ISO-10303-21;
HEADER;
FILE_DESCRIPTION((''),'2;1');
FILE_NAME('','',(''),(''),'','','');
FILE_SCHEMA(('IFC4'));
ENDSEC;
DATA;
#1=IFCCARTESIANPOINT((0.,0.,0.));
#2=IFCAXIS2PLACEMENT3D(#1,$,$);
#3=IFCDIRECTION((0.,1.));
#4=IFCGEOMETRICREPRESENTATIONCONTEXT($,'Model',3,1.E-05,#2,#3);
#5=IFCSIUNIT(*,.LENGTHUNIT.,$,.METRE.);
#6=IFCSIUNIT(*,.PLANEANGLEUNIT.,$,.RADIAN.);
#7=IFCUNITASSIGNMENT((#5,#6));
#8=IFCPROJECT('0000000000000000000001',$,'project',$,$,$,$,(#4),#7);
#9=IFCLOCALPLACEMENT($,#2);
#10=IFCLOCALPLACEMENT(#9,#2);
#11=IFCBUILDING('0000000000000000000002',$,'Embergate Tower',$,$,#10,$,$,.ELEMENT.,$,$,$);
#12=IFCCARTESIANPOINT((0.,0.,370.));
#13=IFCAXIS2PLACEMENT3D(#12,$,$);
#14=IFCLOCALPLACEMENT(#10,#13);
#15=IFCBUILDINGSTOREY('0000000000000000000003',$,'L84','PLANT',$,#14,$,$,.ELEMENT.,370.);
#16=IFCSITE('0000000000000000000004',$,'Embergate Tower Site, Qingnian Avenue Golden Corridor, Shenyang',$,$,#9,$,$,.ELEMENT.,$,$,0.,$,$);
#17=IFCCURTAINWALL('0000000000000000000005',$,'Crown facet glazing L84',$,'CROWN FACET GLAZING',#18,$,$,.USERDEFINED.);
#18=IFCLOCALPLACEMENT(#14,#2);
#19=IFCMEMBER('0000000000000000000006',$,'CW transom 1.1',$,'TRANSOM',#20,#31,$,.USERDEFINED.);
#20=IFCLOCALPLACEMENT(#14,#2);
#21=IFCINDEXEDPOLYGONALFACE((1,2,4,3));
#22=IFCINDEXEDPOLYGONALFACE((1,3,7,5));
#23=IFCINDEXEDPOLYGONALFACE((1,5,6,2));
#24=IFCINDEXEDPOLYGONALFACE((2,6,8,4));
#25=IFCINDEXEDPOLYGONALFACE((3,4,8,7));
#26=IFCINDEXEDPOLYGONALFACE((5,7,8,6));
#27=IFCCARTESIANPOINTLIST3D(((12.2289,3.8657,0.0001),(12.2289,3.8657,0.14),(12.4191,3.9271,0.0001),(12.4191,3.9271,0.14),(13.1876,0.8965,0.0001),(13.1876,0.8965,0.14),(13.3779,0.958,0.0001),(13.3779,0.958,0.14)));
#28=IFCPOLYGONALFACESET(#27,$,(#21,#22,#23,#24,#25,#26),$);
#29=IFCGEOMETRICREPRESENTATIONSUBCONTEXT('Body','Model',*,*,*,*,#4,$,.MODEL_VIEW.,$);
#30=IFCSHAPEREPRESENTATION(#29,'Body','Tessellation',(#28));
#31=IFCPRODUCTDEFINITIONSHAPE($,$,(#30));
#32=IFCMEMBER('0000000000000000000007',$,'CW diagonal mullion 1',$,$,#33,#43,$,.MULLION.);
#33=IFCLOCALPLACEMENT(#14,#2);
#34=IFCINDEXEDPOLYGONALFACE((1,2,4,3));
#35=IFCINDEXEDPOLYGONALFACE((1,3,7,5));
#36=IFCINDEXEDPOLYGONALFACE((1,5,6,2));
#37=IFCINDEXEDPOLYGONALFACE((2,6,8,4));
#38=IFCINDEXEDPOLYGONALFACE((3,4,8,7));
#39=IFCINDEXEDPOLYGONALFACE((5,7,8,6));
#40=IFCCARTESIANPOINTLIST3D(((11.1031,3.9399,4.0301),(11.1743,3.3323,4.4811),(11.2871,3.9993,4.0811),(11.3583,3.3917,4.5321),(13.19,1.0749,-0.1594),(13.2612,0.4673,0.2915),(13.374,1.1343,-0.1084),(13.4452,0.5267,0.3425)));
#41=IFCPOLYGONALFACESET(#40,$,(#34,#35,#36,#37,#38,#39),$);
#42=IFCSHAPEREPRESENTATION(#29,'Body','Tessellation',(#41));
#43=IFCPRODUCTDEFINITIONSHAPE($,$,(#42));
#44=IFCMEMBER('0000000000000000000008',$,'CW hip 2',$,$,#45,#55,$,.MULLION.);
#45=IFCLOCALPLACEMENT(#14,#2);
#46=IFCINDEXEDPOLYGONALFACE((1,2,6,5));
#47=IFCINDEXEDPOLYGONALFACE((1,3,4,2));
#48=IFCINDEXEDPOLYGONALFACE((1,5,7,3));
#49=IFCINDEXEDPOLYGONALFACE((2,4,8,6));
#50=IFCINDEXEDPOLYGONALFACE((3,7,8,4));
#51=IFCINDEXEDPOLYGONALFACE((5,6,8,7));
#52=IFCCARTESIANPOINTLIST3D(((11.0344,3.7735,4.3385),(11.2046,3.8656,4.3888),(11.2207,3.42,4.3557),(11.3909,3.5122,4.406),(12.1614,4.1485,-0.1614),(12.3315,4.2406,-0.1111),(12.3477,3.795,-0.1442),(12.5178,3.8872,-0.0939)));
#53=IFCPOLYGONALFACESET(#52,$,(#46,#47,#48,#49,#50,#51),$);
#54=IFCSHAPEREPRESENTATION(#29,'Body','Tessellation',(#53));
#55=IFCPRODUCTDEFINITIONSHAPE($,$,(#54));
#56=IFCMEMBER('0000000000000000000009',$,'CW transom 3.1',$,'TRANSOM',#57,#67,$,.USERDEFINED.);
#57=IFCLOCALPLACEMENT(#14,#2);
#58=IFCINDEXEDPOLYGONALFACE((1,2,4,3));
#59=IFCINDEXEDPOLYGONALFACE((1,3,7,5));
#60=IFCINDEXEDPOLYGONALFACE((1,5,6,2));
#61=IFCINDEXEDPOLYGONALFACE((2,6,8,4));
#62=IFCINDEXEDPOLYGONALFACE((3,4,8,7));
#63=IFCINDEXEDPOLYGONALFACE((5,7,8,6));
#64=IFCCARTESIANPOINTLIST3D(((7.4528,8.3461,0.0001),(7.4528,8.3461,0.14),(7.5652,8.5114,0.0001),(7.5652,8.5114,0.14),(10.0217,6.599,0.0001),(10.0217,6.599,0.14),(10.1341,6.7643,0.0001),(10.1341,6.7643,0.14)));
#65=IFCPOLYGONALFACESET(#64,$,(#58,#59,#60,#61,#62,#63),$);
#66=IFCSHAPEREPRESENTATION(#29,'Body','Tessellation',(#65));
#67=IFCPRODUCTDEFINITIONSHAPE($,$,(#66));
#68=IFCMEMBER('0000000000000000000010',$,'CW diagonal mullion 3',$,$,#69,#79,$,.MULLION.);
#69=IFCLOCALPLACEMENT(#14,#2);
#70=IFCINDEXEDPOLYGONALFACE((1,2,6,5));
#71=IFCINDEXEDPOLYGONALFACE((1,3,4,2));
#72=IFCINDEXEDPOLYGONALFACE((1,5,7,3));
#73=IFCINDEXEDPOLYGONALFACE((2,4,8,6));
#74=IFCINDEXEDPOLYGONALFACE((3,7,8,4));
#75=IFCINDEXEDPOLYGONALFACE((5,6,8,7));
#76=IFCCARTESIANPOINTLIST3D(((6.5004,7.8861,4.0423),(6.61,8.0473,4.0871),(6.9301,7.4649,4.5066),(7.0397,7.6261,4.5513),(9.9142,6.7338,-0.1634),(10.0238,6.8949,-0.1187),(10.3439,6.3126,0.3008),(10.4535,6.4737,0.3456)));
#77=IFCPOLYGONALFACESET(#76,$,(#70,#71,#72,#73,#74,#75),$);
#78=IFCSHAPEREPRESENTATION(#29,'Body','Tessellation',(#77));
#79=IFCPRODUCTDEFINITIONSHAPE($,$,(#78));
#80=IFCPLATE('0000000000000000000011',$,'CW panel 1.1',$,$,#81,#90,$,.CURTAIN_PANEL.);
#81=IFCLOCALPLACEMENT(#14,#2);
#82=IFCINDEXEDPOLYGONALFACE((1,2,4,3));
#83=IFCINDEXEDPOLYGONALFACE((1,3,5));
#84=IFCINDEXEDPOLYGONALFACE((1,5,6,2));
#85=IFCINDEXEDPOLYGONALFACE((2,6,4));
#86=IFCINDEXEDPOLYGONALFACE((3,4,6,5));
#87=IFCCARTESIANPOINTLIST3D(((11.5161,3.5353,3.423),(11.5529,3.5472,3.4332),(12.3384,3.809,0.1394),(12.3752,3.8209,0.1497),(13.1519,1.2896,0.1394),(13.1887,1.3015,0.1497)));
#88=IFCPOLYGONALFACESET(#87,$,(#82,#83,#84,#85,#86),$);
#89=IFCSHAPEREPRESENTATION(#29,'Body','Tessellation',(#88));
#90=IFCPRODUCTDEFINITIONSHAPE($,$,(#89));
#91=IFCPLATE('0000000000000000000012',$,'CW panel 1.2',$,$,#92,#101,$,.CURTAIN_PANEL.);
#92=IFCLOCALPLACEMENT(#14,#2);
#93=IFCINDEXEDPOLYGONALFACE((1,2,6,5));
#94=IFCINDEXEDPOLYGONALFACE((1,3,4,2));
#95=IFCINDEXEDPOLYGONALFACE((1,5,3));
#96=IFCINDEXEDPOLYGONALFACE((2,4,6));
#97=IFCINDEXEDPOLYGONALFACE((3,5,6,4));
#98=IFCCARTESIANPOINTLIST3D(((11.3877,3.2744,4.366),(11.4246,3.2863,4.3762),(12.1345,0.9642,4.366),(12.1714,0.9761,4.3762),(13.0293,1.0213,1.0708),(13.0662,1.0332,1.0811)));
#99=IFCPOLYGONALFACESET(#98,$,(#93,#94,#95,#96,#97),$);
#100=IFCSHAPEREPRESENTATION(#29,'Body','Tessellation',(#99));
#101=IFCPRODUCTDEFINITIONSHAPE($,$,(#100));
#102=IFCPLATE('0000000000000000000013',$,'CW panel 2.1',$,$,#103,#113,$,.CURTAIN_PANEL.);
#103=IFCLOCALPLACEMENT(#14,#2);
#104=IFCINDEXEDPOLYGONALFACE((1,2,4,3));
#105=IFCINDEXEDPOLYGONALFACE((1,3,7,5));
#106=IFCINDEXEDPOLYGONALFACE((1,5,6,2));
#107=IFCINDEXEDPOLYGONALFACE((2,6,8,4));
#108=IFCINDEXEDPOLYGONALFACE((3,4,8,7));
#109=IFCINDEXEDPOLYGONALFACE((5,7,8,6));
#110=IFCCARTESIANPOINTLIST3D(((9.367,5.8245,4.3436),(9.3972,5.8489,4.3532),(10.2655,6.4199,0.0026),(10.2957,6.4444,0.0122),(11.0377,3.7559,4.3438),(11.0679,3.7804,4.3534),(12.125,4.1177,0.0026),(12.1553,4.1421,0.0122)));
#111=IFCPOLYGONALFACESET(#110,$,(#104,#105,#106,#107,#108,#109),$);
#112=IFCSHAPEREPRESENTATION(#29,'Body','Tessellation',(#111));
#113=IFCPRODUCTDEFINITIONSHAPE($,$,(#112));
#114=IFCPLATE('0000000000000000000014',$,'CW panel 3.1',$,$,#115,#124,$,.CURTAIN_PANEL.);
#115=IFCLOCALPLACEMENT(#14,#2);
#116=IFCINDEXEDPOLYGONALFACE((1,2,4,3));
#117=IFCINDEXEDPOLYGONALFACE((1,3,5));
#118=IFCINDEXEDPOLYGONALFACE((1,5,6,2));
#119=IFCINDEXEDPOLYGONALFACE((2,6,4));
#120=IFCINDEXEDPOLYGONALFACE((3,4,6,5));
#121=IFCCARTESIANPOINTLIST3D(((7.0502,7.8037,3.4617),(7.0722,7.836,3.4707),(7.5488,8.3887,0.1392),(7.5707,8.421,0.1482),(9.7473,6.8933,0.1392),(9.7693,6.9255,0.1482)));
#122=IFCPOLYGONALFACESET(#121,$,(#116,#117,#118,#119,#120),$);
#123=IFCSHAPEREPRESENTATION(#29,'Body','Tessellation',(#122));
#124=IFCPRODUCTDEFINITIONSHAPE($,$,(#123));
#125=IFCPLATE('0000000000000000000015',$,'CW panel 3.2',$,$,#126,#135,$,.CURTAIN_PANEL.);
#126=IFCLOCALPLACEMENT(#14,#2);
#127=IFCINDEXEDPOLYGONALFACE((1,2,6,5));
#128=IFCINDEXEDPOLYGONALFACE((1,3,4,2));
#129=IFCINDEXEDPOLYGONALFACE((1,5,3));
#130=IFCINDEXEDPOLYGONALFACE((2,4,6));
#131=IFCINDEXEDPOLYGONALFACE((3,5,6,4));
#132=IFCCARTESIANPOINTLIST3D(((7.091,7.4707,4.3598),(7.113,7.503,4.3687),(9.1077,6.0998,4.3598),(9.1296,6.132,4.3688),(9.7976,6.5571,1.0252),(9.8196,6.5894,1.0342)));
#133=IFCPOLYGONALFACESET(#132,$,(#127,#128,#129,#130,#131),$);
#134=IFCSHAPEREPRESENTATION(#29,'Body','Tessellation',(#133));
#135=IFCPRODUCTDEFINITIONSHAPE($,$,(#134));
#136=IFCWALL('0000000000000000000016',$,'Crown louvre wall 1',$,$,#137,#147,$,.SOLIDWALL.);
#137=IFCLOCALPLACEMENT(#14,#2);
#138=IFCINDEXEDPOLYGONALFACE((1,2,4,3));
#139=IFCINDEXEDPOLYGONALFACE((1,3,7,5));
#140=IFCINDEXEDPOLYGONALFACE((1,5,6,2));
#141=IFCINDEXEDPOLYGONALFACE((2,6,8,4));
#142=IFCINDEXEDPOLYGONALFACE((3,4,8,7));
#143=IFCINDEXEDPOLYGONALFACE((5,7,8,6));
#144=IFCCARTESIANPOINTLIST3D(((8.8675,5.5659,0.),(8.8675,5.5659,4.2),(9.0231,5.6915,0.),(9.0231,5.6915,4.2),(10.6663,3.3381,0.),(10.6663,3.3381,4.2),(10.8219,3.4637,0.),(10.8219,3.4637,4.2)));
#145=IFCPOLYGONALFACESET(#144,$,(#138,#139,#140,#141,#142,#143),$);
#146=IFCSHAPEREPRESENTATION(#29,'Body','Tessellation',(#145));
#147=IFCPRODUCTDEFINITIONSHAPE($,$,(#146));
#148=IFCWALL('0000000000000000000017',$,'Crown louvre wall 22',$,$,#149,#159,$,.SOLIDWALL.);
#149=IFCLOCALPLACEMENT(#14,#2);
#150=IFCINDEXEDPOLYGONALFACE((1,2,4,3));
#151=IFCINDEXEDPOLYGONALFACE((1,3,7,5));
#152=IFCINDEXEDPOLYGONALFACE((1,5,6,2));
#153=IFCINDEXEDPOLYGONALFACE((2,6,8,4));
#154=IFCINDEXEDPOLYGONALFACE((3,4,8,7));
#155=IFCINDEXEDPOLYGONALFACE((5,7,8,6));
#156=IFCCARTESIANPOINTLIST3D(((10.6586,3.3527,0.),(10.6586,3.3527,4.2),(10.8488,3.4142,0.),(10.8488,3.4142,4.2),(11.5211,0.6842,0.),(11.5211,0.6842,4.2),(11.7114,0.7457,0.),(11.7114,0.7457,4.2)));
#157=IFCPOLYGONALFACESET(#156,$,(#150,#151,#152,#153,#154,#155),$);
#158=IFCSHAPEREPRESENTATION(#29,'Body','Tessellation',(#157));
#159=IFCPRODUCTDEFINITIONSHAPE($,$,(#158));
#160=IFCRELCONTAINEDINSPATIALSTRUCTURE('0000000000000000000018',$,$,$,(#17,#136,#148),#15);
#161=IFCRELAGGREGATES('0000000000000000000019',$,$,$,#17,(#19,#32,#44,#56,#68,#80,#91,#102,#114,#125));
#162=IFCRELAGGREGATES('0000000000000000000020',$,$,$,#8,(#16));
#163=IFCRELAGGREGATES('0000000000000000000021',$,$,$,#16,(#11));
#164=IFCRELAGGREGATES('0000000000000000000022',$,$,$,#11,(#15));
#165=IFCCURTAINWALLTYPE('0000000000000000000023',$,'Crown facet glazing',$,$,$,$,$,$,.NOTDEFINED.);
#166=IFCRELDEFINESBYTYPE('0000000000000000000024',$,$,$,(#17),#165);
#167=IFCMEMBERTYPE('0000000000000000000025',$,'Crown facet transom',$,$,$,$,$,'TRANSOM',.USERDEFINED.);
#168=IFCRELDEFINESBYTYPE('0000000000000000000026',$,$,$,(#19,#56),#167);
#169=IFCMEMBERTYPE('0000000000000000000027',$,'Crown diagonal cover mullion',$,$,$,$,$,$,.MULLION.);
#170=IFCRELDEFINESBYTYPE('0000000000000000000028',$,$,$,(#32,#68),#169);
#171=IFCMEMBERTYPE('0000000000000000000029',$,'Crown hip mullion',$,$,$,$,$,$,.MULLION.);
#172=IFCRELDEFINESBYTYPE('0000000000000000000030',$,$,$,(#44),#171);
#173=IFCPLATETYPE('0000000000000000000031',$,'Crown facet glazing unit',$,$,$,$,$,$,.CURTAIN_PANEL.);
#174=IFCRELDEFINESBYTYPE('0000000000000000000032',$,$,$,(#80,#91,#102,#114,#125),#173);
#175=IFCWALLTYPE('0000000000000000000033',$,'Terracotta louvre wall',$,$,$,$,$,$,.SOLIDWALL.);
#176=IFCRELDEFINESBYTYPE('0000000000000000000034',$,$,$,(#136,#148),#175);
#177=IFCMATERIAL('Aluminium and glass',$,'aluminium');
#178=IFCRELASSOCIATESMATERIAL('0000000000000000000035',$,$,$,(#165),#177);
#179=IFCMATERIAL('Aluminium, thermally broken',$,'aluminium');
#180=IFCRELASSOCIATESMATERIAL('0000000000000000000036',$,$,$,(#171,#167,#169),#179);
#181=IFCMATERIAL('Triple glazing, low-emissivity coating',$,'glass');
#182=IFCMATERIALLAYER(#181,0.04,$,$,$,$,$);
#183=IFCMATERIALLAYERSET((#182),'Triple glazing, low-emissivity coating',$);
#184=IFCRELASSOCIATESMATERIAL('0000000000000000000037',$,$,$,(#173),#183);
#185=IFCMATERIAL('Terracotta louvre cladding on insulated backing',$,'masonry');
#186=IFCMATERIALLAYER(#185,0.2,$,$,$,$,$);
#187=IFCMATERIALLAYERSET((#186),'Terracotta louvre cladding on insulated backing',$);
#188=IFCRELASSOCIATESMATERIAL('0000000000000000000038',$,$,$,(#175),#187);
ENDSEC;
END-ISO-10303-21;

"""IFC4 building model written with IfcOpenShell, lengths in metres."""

from ifc_helpers import new_model, si_unit, direction, frame, frame_2d, origin, origin_2d, place, context, subcontext, project, spatial, polyline, rectangle, outline, extrude, source, transform, mapped, material, layer, layer_set, material_profile, profile_set, type_object, element, aggregate, save


model = new_model("IFC4")

# Units and contexts
model_context = context("Model", 3, precision=1e-05, world=origin(), true_north=direction((0.0, 1.0)))
body_context = subcontext(model_context, "Body", "Model", "MODEL_VIEW")
ifc_project = project(units=[si_unit("LENGTHUNIT", "METRE"), si_unit("PLANEANGLEUNIT", "RADIAN")], contexts=[model_context])

# Site, building, storey
site_placement = place(None, origin())
site = spatial("IfcSite", under=ifc_project, at=site_placement, Name="Embergate Tower Site, Qingnian Avenue Golden Corridor, Shenyang", CompositionType="ELEMENT", RefElevation=0.0)
building_placement = place(site_placement, origin())
building = spatial("IfcBuilding", under=site, at=building_placement, Name="Embergate Tower", CompositionType="ELEMENT")
storey_placement = place(building_placement, frame((0.0, 0.0, 370.0)))
storey = spatial("IfcBuildingStorey", under=building, at=storey_placement, Name="L84", Description="PLANT", CompositionType="ELEMENT", Elevation=370.0)

# Curtain wall, members, plates
ifc_material_1 = material(Name="Aluminium and glass", Category="aluminium")
curtain_wall_type = type_object("IfcCurtainWallType", Name="Crown facet glazing", PredefinedType="NOTDEFINED", material=ifc_material_1)
curtain_wall_placement = place(storey_placement, origin())
curtain_wall = element("IfcCurtainWall", 1, at=curtain_wall_placement, inside=storey, type_object=curtain_wall_type, Name="Crown facet glazing L84", ObjectType="CROWN FACET GLAZING", PredefinedType="USERDEFINED")
ifc_material_2 = material(Name="Aluminium, thermally broken", Category="aluminium")
ifc_material_profile_1 = material_profile(ifc_material_2, rectangle(XDim=0.2, YDim=0.3999, at=origin_2d()), Name="AL 400x200")
ifc_profile_set_1 = profile_set([ifc_material_profile_1], Name="Aluminium, thermally broken")
member_type_1 = type_object("IfcMemberType", Name="Crown hip mullion", PredefinedType="MULLION", material=ifc_profile_set_1)
ifc_material_profile_2 = material_profile(ifc_material_2, rectangle(XDim=0.2, YDim=0.1399, at=origin_2d()), Name="AL 140x200")
ifc_profile_set_2 = profile_set([ifc_material_profile_2], Name="Aluminium, thermally broken")
member_type_2 = type_object("IfcMemberType", Name="Crown facet transom", ElementType="TRANSOM", PredefinedType="USERDEFINED", material=ifc_profile_set_2)
shared_shape_1 = source(origin(), body_context, "Body", "SweptSolid", [
    extrude(rectangle(XDim=0.2, YDim=0.1399, at=origin_2d()), origin(), (0.0, 0.0, 1.0), 3.1201),
])
member_1_placement = place(storey_placement, frame((13.2827, 0.9272, 0.0701), z_axis=(-0.30727, 0.951622, 0.0), x_axis=(-0.951622, -0.30727, 0.0)))
member_1 = element("IfcMember", 2, at=member_1_placement, type_object=member_type_2, Name="CW transom 1.1", ObjectType="TRANSOM", PredefinedType="USERDEFINED", context=body_context, shape_type="MappedRepresentation", body=[
    mapped(shared_shape_1, transform((0.0, 0.0, 0.0))),
])
ifc_material_profile_3 = material_profile(ifc_material_2, rectangle(XDim=0.2, YDim=0.76, at=origin_2d()), Name="AL 760x200")
ifc_profile_set_3 = profile_set([ifc_material_profile_3], Name="Aluminium, thermally broken")
member_type_3 = type_object("IfcMemberType", Name="Crown diagonal cover mullion", PredefinedType="MULLION", material=ifc_profile_set_3)
shared_shape_2 = source(origin(), body_context, "Body", "SweptSolid", [
    extrude(rectangle(XDim=0.2, YDim=0.76, at=origin_2d()), origin(), (0.0, 0.0, 1.0), 5.4878),
])
member_2_placement = place(storey_placement, frame((13.3176, 0.8008, 0.0916), z_axis=(-0.380289, 0.522074, 0.763425), x_axis=(0.920112, 0.29716, 0.255125)))
member_2 = element("IfcMember", 3, at=member_2_placement, type_object=member_type_3, Name="CW diagonal mullion 1", PredefinedType="MULLION", context=body_context, shape_type="MappedRepresentation", body=[
    mapped(shared_shape_2, transform((0.0, 0.0, 0.0))),
])
shared_shape_3 = source(origin(), body_context, "Body", "SweptSolid", [
    extrude(rectangle(XDim=0.2, YDim=0.3999, at=origin_2d()), origin(), (0.0, 0.0, 1.0), 4.6541),
])
member_3_placement = place(storey_placement, frame((12.3396, 4.0178, -0.1277), z_axis=(-0.242142, -0.080574, 0.966889), x_axis=(0.851096, 0.460827, 0.251546)))
member_3 = element("IfcMember", 4, at=member_3_placement, type_object=member_type_1, Name="CW hip 2", PredefinedType="MULLION", context=body_context, shape_type="MappedRepresentation", body=[
    mapped(shared_shape_3, transform((0.0, 0.0, 0.0))),
])
shared_shape_4 = source(origin(), body_context, "Body", "SweptSolid", [
    extrude(rectangle(XDim=0.2, YDim=0.1399, at=origin_2d()), origin(), (0.0, 0.0, 1.0), 3.1067),
])
member_4_placement = place(storey_placement, frame((10.0779, 6.6816, 0.0701), z_axis=(-0.826888, 0.562366, 0.0), x_axis=(-0.562366, -0.826888, 0.0)))
member_4 = element("IfcMember", 5, at=member_4_placement, type_object=member_type_2, Name="CW transom 3.1", ObjectType="TRANSOM", PredefinedType="USERDEFINED", context=body_context, shape_type="MappedRepresentation", body=[
    mapped(shared_shape_4, transform((0.0, 0.0, 0.0))),
])
shared_shape_5 = source(origin(), body_context, "Body", "SweptSolid", [
    extrude(rectangle(XDim=0.2, YDim=0.76, at=origin_2d()), origin(), (0.0, 0.0, 1.0), 5.5381),
])
member_5_placement = place(storey_placement, frame((10.1838, 6.6038, 0.0911), z_axis=(-0.616421, 0.208074, 0.759428), x_axis=(0.547991, 0.80594, 0.223981)))
member_5 = element("IfcMember", 6, at=member_5_placement, type_object=member_type_3, Name="CW diagonal mullion 3", PredefinedType="MULLION", context=body_context, shape_type="MappedRepresentation", body=[
    mapped(shared_shape_5, transform((0.0, 0.0, 0.0))),
])
ifc_material_3 = material(Name="Triple glazing, low-emissivity coating", Category="glass")
ifc_layer_1 = layer(ifc_material_3, 0.04)
ifc_layer_set_1 = layer_set([ifc_layer_1], Name="Triple glazing, low-emissivity coating")
plate_type = type_object("IfcPlateType", Name="Crown facet glazing unit", PredefinedType="CURTAIN_PANEL", material=ifc_layer_set_1)
shared_shape_6 = source(origin(), body_context, "Body", "SweptSolid", [
    extrude(outline(polyline([(0.0, 0.0), (2.6475, 0.0), (2.6396, 3.396), (0.0, 0.0)])), origin(), (0.0, 0.0, -1.0), 0.04),
])
plate_1_placement = place(storey_placement, frame((13.1887, 1.3015, 0.1497), z_axis=(0.920114, 0.297104, 0.255186), x_axis=(-0.307278, 0.95162, 0.0)))
plate_1 = element("IfcPlate", 7, at=plate_1_placement, type_object=plate_type, Name="CW panel 1.1", PredefinedType="CURTAIN_PANEL", context=body_context, shape_type="MappedRepresentation", body=[
    mapped(shared_shape_6, transform((0.0, 0.0, 0.0))),
])
shared_shape_7 = source(origin(), body_context, "Body", "SweptSolid", [
    extrude(outline(polyline([(0.0, 0.0), (4.3162, 0.0), (2.8262, 1.917), (0.0, 0.0)])), origin(), (0.0, 0.0, -1.0), 0.04),
])
plate_2_placement = place(storey_placement, frame((13.0662, 1.0332, 1.0811), z_axis=(0.920065, 0.297419, 0.254993), x_axis=(-0.380333, 0.522025, 0.763438)))
plate_2 = element("IfcPlate", 8, at=plate_2_placement, type_object=plate_type, Name="CW panel 1.2", PredefinedType="CURTAIN_PANEL", context=body_context, shape_type="MappedRepresentation", body=[
    mapped(shared_shape_7, transform((0.0, 0.0, 0.0))),
])
shared_shape_8 = source(origin(), body_context, "Body", "SweptSolid", [
    extrude(outline(polyline([(0.0, 0.0), (2.9595, 0.0), (3.0608, 4.4717), (0.4019, 4.4719), (0.0, 0.0)])), origin(), (0.0, 0.0, -1.0), 0.04),
])
plate_3_placement = place(storey_placement, frame((12.1553, 4.1421, 0.0122), z_axis=(0.755203, 0.60998, 0.239984), x_axis=(-0.628343, 0.777936, 0.000005)))
plate_3 = element("IfcPlate", 9, at=plate_3_placement, type_object=plate_type, Name="CW panel 2.1", PredefinedType="CURTAIN_PANEL", context=body_context, shape_type="MappedRepresentation", body=[
    mapped(shared_shape_8, transform((0.0, 0.0, 0.0))),
])
shared_shape_9 = source(origin(), body_context, "Body", "SweptSolid", [
    extrude(outline(polyline([(0.0, 0.0), (2.6589, 0.0), (2.7422, 3.4092), (0.0, 0.0)])), origin(), (0.0, 0.0, -1.0), 0.04),
])
plate_4_placement = place(storey_placement, frame((9.7693, 6.9255, 0.1482), z_axis=(0.548104, 0.805825, 0.224115), x_axis=(-0.826858, 0.56241, 0.0)))
plate_4 = element("IfcPlate", 10, at=plate_4_placement, type_object=plate_type, Name="CW panel 3.1", PredefinedType="CURTAIN_PANEL", context=body_context, shape_type="MappedRepresentation", body=[
    mapped(shared_shape_9, transform((0.0, 0.0, 0.0))),
])
shared_shape_10 = source(origin(), body_context, "Body", "SweptSolid", [
    extrude(outline(polyline([(0.0, 0.0), (4.3909, 0.0), (2.8625, 1.9001), (0.0, 0.0)])), origin(), (0.0, 0.0, -1.0), 0.04),
])
plate_5_placement = place(storey_placement, frame((9.8196, 6.5894, 1.0342), z_axis=(0.547914, 0.806014, 0.223903), x_axis=(-0.616419, 0.208068, 0.759431)))
plate_5 = element("IfcPlate", 11, at=plate_5_placement, type_object=plate_type, Name="CW panel 3.2", PredefinedType="CURTAIN_PANEL", context=body_context, shape_type="MappedRepresentation", body=[
    mapped(shared_shape_10, transform((0.0, 0.0, 0.0))),
])
aggregate(curtain_wall, [member_1, member_2, member_3, member_4, member_5, plate_1, plate_2, plate_3, plate_4, plate_5])

# Walls
ifc_material_4 = material(Name="Terracotta louvre cladding on insulated backing", Category="masonry")
ifc_layer_2 = layer(ifc_material_4, 0.2)
ifc_layer_set_2 = layer_set([ifc_layer_2], Name="Terracotta louvre cladding on insulated backing")
wall_type_1 = type_object("IfcWallType", Name="Terracotta louvre wall", PredefinedType="SOLIDWALL", material=ifc_layer_set_2)
shared_shape_11 = source(origin(), body_context, "Body", "SweptSolid", [
    extrude(rectangle(XDim=2.8633, YDim=0.2, at=frame_2d((1.4316, 0.0))), origin(), (0.0, 0.0, 1.0), 4.2),
])
wall_1_placement = place(storey_placement, frame((8.9453, 5.6287, 0.0), z_axis=(0.0, 0.0, 1.0), x_axis=(0.628224, -0.778033, 0.0)))
element("IfcWall", 12, at=wall_1_placement, inside=storey, type_object=wall_type_1, Name="Crown louvre wall 1", PredefinedType="SOLIDWALL", context=body_context, shape_type="MappedRepresentation", body=[
    mapped(shared_shape_11, transform((0.0, 0.0, 0.0))),
])
shared_shape_12 = source(origin(), body_context, "Body", "SweptSolid", [
    extrude(rectangle(XDim=2.8044, YDim=0.2, at=frame_2d((1.4023, 0.0))), origin(), (0.0, 0.0, 1.0), 4.2),
])
wall_2_placement = place(storey_placement, frame((10.7537, 3.3835, 0.0), z_axis=(0.0, 0.0, 1.0), x_axis=(0.30757, -0.951525, 0.0)))
element("IfcWall", 13, at=wall_2_placement, inside=storey, type_object=wall_type_1, Name="Crown louvre wall 22", PredefinedType="SOLIDWALL", context=body_context, shape_type="MappedRepresentation", body=[
    mapped(shared_shape_12, transform((0.0, 0.0, 0.0))),
])

save(model, "model.ifc")
